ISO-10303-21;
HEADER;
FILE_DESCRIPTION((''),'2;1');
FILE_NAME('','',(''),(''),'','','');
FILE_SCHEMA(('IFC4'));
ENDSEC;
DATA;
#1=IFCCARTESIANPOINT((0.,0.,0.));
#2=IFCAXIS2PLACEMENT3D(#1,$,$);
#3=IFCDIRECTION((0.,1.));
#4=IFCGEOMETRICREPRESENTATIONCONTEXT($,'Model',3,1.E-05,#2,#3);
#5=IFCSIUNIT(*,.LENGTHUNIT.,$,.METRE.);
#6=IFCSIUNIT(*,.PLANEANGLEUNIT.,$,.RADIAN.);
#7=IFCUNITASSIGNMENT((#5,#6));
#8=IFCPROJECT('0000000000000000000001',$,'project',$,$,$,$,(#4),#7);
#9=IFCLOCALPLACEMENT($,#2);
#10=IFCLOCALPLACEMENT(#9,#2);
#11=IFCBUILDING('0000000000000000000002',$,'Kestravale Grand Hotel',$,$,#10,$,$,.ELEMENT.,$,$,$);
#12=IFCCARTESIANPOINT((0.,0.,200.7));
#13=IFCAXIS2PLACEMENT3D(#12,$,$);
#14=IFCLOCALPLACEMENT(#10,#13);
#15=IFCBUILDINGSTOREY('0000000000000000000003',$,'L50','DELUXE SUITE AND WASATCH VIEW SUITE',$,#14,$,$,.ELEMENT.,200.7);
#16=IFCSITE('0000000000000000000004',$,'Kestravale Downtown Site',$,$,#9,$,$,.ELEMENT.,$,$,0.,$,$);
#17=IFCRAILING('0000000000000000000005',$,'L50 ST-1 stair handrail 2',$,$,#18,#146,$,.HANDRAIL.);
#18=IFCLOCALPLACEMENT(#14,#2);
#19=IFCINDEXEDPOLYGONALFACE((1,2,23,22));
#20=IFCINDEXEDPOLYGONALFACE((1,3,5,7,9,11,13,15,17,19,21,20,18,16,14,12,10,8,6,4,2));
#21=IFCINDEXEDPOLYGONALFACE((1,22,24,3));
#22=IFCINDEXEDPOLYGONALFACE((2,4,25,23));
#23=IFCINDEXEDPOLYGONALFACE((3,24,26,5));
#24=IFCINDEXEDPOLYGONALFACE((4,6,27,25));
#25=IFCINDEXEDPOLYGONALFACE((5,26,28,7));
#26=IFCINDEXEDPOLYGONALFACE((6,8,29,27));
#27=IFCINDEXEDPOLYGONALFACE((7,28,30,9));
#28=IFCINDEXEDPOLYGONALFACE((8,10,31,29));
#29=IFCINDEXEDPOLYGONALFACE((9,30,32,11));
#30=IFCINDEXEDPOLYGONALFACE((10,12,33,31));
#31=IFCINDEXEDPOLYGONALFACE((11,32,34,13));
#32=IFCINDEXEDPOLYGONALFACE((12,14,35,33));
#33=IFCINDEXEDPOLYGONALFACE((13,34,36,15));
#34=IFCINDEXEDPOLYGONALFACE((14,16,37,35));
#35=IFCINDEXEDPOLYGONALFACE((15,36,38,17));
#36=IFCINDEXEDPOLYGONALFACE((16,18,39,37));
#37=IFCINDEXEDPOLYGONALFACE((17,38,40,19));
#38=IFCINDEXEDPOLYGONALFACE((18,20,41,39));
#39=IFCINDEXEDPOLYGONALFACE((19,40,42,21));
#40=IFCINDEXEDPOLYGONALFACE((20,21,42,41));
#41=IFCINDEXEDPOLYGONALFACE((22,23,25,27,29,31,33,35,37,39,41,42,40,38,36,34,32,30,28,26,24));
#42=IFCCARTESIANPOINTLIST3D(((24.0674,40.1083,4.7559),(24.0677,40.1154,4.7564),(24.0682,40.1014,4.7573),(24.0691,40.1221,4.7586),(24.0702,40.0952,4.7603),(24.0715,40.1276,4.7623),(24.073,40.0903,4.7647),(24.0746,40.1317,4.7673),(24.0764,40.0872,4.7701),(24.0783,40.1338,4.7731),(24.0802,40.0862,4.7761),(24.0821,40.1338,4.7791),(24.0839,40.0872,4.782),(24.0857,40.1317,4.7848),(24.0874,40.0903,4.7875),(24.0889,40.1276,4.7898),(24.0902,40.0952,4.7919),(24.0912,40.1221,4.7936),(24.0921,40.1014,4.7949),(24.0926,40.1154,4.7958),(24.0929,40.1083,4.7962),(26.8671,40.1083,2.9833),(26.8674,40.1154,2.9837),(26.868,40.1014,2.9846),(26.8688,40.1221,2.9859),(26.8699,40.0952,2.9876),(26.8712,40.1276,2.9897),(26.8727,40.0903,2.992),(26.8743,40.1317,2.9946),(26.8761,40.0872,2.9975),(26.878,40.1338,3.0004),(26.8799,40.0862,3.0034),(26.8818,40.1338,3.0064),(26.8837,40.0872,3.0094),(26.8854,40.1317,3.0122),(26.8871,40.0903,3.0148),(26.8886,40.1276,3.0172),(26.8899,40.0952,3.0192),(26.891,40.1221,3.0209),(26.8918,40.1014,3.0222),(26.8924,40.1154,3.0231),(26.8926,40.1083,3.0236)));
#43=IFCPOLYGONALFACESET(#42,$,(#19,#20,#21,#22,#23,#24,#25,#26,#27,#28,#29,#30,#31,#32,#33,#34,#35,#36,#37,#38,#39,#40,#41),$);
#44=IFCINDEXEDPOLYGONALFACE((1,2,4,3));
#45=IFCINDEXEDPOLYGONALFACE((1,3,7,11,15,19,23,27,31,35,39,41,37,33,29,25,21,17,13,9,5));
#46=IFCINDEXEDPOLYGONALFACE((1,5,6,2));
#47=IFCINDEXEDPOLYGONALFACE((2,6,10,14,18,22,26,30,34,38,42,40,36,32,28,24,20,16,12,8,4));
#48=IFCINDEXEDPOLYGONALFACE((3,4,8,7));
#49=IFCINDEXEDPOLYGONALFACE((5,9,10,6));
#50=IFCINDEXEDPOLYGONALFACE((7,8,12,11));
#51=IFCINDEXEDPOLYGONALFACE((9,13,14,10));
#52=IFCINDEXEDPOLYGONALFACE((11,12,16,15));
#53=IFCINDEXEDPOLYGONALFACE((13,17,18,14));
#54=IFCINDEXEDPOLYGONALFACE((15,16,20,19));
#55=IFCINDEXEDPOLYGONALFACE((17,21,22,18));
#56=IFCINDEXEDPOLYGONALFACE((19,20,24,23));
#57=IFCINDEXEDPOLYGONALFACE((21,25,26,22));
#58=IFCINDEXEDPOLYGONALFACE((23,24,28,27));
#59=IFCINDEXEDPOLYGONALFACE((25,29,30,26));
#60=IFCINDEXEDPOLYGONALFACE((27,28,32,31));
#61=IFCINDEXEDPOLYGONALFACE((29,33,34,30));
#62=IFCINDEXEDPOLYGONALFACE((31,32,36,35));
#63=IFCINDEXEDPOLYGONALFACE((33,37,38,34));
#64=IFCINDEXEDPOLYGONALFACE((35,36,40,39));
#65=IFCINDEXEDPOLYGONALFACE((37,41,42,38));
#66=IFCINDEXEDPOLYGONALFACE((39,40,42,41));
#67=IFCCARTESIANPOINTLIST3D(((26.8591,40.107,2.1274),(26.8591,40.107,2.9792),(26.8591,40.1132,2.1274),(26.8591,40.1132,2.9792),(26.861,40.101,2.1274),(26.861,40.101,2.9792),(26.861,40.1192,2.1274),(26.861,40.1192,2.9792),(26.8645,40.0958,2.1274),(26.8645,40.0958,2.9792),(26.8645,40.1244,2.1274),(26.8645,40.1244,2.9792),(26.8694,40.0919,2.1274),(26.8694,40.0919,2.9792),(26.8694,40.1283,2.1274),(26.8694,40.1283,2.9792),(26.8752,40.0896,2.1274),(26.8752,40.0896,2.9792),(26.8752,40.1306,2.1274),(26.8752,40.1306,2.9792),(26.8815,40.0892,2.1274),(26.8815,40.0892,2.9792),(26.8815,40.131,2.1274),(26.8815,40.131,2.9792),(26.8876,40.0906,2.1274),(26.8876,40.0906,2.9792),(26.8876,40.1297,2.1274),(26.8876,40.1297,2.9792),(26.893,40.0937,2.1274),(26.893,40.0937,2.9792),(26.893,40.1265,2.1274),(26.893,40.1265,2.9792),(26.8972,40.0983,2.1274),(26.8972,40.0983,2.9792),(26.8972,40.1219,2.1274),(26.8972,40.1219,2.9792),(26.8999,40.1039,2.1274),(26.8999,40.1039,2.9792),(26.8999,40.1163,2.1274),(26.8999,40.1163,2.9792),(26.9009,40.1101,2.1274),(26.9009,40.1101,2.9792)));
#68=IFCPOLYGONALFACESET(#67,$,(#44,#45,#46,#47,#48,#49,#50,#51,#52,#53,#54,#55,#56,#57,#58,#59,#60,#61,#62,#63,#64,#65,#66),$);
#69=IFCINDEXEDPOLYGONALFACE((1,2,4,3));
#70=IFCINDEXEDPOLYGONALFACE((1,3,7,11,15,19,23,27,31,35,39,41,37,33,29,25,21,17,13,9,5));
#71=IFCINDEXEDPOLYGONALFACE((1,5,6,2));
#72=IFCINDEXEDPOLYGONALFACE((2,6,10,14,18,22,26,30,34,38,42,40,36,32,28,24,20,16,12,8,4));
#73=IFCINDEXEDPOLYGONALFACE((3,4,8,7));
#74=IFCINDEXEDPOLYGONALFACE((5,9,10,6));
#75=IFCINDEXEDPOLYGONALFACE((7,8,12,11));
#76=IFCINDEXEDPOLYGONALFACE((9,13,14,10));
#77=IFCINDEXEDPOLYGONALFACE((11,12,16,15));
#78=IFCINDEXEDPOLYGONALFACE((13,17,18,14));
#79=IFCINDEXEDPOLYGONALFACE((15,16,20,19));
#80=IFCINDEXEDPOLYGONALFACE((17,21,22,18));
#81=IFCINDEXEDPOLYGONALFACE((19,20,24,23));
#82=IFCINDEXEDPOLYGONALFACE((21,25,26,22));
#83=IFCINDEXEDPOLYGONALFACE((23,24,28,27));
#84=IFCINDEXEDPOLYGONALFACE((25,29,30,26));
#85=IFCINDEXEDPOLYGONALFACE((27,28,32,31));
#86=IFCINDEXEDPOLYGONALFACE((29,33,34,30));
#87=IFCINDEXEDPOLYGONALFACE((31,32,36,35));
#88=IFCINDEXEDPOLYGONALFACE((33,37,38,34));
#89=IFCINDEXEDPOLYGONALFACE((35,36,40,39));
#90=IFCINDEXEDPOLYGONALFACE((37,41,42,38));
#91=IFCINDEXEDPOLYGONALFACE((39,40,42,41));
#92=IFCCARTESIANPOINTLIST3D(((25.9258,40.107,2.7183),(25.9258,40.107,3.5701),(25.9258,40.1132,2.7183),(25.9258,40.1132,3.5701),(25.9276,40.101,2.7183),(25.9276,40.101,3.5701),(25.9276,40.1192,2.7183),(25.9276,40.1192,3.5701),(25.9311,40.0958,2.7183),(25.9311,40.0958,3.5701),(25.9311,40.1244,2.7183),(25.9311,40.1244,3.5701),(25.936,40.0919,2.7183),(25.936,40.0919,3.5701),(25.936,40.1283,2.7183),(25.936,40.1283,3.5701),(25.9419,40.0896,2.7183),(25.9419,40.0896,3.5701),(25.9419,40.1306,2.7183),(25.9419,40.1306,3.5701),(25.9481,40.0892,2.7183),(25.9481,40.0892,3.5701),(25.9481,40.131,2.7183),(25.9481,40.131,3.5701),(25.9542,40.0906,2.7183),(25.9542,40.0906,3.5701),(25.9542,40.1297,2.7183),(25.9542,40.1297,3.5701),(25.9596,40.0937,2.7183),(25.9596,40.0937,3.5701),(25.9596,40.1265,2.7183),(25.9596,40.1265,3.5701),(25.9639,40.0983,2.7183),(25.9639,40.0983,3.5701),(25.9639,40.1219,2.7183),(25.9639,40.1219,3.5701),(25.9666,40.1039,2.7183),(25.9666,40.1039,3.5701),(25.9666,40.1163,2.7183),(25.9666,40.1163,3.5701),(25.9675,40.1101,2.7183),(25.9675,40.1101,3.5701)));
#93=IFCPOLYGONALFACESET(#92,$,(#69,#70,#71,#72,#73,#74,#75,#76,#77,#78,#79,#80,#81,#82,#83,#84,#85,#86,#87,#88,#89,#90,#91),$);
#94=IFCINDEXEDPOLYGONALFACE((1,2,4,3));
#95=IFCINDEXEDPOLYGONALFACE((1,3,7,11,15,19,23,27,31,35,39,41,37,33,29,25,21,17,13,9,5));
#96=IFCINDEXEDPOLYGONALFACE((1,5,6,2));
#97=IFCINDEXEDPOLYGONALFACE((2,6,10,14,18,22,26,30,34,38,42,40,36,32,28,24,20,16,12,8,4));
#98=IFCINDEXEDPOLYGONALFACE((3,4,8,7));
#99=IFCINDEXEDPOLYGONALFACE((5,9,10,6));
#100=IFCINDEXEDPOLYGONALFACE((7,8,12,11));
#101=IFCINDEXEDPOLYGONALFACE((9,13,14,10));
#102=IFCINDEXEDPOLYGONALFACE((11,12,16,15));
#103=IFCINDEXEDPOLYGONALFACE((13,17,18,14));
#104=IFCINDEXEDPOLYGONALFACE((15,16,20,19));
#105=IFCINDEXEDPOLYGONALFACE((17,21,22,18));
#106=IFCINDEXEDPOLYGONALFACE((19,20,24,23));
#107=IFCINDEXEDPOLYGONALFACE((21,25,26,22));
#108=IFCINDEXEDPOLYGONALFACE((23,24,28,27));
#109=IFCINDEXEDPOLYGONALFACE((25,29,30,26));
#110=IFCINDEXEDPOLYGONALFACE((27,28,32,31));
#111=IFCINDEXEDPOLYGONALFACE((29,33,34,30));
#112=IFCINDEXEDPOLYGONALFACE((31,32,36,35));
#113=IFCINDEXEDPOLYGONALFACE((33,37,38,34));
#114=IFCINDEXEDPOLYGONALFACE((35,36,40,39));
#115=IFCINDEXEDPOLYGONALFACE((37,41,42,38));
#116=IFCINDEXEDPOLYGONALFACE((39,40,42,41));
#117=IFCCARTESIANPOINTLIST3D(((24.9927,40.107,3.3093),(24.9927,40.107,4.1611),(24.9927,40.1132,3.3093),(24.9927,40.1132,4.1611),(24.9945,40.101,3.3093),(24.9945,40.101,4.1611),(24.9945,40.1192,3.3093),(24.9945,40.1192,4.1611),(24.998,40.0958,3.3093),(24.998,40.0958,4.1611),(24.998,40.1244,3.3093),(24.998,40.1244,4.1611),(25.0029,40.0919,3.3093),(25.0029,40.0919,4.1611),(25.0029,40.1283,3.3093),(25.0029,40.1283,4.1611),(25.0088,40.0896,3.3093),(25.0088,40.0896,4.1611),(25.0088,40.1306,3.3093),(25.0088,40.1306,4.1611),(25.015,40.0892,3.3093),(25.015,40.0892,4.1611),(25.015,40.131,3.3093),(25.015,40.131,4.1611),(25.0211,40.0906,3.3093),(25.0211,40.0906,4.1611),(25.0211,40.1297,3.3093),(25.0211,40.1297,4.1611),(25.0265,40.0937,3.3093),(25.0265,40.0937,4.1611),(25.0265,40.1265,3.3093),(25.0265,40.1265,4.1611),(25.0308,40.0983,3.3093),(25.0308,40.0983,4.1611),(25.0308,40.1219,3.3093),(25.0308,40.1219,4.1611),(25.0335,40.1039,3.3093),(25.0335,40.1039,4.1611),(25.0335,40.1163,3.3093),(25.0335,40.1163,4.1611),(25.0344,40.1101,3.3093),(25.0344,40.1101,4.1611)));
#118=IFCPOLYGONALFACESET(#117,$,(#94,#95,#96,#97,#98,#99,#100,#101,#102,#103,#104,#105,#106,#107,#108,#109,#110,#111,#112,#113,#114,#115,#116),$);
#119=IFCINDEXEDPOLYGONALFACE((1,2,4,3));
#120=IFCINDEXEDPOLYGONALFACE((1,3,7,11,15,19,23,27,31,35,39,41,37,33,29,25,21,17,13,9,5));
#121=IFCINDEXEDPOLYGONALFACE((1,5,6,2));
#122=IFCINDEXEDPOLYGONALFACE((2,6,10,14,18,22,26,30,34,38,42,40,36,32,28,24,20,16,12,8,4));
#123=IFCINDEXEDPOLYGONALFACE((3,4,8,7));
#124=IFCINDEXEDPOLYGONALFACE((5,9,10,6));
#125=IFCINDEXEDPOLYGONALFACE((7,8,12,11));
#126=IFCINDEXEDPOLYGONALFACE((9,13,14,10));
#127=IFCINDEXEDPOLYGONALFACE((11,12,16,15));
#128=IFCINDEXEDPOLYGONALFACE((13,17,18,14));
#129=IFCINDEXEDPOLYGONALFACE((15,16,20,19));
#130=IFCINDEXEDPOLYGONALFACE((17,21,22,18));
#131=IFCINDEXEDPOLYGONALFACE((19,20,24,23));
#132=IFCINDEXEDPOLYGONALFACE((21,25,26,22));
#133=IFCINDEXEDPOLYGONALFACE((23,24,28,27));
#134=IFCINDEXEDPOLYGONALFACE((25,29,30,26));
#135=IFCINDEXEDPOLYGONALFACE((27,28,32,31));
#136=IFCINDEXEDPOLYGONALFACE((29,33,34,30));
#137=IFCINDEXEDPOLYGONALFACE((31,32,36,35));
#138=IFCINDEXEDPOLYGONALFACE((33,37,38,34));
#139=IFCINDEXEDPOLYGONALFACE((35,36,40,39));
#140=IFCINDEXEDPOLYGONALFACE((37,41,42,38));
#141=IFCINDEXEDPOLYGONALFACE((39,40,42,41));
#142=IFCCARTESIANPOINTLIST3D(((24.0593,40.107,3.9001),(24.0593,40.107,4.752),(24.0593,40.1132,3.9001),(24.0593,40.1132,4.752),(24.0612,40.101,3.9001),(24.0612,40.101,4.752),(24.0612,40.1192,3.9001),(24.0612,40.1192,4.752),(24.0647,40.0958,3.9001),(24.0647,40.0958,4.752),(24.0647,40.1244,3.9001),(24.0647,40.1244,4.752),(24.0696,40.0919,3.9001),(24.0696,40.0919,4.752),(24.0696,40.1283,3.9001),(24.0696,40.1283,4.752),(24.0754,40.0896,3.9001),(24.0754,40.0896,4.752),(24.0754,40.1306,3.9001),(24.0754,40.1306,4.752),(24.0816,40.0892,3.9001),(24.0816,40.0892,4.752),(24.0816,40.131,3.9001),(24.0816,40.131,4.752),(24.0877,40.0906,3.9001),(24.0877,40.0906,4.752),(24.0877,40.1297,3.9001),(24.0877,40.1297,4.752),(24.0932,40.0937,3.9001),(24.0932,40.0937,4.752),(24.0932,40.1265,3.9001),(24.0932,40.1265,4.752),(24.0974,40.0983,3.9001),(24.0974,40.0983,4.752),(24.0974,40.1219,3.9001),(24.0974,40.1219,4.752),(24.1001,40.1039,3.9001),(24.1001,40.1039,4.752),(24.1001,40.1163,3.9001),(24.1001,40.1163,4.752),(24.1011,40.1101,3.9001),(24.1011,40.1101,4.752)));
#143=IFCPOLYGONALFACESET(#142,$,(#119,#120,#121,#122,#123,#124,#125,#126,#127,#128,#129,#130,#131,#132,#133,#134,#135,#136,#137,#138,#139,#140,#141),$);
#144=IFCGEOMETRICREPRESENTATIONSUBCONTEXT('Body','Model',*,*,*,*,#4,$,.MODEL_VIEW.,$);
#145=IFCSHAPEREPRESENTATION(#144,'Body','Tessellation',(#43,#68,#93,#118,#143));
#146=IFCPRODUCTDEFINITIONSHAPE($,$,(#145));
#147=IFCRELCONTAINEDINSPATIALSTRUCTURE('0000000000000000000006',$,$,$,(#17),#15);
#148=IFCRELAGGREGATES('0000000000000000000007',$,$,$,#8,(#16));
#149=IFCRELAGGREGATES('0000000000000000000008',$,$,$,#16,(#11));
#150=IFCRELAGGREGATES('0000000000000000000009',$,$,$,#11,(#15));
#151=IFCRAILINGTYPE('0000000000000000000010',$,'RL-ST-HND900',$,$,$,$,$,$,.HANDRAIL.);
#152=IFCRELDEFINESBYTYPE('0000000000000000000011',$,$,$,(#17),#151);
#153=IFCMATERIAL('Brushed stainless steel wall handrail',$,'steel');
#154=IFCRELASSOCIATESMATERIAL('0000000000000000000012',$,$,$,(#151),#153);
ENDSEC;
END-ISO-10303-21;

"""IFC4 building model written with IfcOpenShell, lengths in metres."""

from ifc_helpers import new_model, si_unit, direction, frame, origin, origin_2d, place, context, subcontext, project, spatial, circle, extrude, material, type_object, element, save


model = new_model("IFC4")

# Units and contexts
model_context = context("Model", 3, precision=1e-05, world=origin(), true_north=direction((0.0, 1.0)))
body_context = subcontext(model_context, "Body", "Model", "MODEL_VIEW")
ifc_project = project(units=[si_unit("LENGTHUNIT", "METRE"), si_unit("PLANEANGLEUNIT", "RADIAN")], contexts=[model_context])

# Site, building, storey
site_placement = place(None, origin())
site = spatial("IfcSite", under=ifc_project, at=site_placement, Name="Kestravale Downtown Site", CompositionType="ELEMENT", RefElevation=0.0)
building_placement = place(site_placement, origin())
building = spatial("IfcBuilding", under=site, at=building_placement, Name="Kestravale Grand Hotel", CompositionType="ELEMENT")
storey_placement = place(building_placement, frame((0.0, 0.0, 200.7)))
storey = spatial("IfcBuildingStorey", under=building, at=storey_placement, Name="L50", Description="DELUXE SUITE AND WASATCH VIEW SUITE", CompositionType="ELEMENT", Elevation=200.7)

# Railing
ifc_material_1 = material(Name="Brushed stainless steel wall handrail", Category="steel")
railing_type_1 = type_object("IfcRailingType", Name="RL-ST-HND900", PredefinedType="HANDRAIL", material=ifc_material_1)
railing_1_placement = place(storey_placement, frame((26.8799, 40.1101, 2.1274)))
element("IfcRailing", 1, at=railing_1_placement, inside=storey, type_object=railing_type_1, Name="L50 ST-1 stair handrail 2", PredefinedType="HANDRAIL", context=body_context, shape_type="SweptSolid", body=[
    extrude(circle(Radius=0.0239, at=origin_2d()), frame((0.0, 0.0, 0.876), z_axis=(-0.844888, 0.0, 0.534943), x_axis=(0.0, -1.0, 0.0)), (0.0, 0.0, 1.0), 3.3137),
    extrude(circle(Radius=0.021, at=origin_2d()), origin(), (0.0, 0.0, 1.0), 0.8518),
    extrude(circle(Radius=0.021, at=origin_2d()), frame((-0.9333, 0.0, 0.5908)), (0.0, 0.0, 1.0), 0.8518),
    extrude(circle(Radius=0.021, at=origin_2d()), frame((-1.8665, 0.0, 1.1819)), (0.0, 0.0, 1.0), 0.8518),
    extrude(circle(Radius=0.021, at=origin_2d()), frame((-2.7998, 0.0, 1.7727)), (0.0, 0.0, 1.0), 0.8518),
])

save(model, "model.ifc")
